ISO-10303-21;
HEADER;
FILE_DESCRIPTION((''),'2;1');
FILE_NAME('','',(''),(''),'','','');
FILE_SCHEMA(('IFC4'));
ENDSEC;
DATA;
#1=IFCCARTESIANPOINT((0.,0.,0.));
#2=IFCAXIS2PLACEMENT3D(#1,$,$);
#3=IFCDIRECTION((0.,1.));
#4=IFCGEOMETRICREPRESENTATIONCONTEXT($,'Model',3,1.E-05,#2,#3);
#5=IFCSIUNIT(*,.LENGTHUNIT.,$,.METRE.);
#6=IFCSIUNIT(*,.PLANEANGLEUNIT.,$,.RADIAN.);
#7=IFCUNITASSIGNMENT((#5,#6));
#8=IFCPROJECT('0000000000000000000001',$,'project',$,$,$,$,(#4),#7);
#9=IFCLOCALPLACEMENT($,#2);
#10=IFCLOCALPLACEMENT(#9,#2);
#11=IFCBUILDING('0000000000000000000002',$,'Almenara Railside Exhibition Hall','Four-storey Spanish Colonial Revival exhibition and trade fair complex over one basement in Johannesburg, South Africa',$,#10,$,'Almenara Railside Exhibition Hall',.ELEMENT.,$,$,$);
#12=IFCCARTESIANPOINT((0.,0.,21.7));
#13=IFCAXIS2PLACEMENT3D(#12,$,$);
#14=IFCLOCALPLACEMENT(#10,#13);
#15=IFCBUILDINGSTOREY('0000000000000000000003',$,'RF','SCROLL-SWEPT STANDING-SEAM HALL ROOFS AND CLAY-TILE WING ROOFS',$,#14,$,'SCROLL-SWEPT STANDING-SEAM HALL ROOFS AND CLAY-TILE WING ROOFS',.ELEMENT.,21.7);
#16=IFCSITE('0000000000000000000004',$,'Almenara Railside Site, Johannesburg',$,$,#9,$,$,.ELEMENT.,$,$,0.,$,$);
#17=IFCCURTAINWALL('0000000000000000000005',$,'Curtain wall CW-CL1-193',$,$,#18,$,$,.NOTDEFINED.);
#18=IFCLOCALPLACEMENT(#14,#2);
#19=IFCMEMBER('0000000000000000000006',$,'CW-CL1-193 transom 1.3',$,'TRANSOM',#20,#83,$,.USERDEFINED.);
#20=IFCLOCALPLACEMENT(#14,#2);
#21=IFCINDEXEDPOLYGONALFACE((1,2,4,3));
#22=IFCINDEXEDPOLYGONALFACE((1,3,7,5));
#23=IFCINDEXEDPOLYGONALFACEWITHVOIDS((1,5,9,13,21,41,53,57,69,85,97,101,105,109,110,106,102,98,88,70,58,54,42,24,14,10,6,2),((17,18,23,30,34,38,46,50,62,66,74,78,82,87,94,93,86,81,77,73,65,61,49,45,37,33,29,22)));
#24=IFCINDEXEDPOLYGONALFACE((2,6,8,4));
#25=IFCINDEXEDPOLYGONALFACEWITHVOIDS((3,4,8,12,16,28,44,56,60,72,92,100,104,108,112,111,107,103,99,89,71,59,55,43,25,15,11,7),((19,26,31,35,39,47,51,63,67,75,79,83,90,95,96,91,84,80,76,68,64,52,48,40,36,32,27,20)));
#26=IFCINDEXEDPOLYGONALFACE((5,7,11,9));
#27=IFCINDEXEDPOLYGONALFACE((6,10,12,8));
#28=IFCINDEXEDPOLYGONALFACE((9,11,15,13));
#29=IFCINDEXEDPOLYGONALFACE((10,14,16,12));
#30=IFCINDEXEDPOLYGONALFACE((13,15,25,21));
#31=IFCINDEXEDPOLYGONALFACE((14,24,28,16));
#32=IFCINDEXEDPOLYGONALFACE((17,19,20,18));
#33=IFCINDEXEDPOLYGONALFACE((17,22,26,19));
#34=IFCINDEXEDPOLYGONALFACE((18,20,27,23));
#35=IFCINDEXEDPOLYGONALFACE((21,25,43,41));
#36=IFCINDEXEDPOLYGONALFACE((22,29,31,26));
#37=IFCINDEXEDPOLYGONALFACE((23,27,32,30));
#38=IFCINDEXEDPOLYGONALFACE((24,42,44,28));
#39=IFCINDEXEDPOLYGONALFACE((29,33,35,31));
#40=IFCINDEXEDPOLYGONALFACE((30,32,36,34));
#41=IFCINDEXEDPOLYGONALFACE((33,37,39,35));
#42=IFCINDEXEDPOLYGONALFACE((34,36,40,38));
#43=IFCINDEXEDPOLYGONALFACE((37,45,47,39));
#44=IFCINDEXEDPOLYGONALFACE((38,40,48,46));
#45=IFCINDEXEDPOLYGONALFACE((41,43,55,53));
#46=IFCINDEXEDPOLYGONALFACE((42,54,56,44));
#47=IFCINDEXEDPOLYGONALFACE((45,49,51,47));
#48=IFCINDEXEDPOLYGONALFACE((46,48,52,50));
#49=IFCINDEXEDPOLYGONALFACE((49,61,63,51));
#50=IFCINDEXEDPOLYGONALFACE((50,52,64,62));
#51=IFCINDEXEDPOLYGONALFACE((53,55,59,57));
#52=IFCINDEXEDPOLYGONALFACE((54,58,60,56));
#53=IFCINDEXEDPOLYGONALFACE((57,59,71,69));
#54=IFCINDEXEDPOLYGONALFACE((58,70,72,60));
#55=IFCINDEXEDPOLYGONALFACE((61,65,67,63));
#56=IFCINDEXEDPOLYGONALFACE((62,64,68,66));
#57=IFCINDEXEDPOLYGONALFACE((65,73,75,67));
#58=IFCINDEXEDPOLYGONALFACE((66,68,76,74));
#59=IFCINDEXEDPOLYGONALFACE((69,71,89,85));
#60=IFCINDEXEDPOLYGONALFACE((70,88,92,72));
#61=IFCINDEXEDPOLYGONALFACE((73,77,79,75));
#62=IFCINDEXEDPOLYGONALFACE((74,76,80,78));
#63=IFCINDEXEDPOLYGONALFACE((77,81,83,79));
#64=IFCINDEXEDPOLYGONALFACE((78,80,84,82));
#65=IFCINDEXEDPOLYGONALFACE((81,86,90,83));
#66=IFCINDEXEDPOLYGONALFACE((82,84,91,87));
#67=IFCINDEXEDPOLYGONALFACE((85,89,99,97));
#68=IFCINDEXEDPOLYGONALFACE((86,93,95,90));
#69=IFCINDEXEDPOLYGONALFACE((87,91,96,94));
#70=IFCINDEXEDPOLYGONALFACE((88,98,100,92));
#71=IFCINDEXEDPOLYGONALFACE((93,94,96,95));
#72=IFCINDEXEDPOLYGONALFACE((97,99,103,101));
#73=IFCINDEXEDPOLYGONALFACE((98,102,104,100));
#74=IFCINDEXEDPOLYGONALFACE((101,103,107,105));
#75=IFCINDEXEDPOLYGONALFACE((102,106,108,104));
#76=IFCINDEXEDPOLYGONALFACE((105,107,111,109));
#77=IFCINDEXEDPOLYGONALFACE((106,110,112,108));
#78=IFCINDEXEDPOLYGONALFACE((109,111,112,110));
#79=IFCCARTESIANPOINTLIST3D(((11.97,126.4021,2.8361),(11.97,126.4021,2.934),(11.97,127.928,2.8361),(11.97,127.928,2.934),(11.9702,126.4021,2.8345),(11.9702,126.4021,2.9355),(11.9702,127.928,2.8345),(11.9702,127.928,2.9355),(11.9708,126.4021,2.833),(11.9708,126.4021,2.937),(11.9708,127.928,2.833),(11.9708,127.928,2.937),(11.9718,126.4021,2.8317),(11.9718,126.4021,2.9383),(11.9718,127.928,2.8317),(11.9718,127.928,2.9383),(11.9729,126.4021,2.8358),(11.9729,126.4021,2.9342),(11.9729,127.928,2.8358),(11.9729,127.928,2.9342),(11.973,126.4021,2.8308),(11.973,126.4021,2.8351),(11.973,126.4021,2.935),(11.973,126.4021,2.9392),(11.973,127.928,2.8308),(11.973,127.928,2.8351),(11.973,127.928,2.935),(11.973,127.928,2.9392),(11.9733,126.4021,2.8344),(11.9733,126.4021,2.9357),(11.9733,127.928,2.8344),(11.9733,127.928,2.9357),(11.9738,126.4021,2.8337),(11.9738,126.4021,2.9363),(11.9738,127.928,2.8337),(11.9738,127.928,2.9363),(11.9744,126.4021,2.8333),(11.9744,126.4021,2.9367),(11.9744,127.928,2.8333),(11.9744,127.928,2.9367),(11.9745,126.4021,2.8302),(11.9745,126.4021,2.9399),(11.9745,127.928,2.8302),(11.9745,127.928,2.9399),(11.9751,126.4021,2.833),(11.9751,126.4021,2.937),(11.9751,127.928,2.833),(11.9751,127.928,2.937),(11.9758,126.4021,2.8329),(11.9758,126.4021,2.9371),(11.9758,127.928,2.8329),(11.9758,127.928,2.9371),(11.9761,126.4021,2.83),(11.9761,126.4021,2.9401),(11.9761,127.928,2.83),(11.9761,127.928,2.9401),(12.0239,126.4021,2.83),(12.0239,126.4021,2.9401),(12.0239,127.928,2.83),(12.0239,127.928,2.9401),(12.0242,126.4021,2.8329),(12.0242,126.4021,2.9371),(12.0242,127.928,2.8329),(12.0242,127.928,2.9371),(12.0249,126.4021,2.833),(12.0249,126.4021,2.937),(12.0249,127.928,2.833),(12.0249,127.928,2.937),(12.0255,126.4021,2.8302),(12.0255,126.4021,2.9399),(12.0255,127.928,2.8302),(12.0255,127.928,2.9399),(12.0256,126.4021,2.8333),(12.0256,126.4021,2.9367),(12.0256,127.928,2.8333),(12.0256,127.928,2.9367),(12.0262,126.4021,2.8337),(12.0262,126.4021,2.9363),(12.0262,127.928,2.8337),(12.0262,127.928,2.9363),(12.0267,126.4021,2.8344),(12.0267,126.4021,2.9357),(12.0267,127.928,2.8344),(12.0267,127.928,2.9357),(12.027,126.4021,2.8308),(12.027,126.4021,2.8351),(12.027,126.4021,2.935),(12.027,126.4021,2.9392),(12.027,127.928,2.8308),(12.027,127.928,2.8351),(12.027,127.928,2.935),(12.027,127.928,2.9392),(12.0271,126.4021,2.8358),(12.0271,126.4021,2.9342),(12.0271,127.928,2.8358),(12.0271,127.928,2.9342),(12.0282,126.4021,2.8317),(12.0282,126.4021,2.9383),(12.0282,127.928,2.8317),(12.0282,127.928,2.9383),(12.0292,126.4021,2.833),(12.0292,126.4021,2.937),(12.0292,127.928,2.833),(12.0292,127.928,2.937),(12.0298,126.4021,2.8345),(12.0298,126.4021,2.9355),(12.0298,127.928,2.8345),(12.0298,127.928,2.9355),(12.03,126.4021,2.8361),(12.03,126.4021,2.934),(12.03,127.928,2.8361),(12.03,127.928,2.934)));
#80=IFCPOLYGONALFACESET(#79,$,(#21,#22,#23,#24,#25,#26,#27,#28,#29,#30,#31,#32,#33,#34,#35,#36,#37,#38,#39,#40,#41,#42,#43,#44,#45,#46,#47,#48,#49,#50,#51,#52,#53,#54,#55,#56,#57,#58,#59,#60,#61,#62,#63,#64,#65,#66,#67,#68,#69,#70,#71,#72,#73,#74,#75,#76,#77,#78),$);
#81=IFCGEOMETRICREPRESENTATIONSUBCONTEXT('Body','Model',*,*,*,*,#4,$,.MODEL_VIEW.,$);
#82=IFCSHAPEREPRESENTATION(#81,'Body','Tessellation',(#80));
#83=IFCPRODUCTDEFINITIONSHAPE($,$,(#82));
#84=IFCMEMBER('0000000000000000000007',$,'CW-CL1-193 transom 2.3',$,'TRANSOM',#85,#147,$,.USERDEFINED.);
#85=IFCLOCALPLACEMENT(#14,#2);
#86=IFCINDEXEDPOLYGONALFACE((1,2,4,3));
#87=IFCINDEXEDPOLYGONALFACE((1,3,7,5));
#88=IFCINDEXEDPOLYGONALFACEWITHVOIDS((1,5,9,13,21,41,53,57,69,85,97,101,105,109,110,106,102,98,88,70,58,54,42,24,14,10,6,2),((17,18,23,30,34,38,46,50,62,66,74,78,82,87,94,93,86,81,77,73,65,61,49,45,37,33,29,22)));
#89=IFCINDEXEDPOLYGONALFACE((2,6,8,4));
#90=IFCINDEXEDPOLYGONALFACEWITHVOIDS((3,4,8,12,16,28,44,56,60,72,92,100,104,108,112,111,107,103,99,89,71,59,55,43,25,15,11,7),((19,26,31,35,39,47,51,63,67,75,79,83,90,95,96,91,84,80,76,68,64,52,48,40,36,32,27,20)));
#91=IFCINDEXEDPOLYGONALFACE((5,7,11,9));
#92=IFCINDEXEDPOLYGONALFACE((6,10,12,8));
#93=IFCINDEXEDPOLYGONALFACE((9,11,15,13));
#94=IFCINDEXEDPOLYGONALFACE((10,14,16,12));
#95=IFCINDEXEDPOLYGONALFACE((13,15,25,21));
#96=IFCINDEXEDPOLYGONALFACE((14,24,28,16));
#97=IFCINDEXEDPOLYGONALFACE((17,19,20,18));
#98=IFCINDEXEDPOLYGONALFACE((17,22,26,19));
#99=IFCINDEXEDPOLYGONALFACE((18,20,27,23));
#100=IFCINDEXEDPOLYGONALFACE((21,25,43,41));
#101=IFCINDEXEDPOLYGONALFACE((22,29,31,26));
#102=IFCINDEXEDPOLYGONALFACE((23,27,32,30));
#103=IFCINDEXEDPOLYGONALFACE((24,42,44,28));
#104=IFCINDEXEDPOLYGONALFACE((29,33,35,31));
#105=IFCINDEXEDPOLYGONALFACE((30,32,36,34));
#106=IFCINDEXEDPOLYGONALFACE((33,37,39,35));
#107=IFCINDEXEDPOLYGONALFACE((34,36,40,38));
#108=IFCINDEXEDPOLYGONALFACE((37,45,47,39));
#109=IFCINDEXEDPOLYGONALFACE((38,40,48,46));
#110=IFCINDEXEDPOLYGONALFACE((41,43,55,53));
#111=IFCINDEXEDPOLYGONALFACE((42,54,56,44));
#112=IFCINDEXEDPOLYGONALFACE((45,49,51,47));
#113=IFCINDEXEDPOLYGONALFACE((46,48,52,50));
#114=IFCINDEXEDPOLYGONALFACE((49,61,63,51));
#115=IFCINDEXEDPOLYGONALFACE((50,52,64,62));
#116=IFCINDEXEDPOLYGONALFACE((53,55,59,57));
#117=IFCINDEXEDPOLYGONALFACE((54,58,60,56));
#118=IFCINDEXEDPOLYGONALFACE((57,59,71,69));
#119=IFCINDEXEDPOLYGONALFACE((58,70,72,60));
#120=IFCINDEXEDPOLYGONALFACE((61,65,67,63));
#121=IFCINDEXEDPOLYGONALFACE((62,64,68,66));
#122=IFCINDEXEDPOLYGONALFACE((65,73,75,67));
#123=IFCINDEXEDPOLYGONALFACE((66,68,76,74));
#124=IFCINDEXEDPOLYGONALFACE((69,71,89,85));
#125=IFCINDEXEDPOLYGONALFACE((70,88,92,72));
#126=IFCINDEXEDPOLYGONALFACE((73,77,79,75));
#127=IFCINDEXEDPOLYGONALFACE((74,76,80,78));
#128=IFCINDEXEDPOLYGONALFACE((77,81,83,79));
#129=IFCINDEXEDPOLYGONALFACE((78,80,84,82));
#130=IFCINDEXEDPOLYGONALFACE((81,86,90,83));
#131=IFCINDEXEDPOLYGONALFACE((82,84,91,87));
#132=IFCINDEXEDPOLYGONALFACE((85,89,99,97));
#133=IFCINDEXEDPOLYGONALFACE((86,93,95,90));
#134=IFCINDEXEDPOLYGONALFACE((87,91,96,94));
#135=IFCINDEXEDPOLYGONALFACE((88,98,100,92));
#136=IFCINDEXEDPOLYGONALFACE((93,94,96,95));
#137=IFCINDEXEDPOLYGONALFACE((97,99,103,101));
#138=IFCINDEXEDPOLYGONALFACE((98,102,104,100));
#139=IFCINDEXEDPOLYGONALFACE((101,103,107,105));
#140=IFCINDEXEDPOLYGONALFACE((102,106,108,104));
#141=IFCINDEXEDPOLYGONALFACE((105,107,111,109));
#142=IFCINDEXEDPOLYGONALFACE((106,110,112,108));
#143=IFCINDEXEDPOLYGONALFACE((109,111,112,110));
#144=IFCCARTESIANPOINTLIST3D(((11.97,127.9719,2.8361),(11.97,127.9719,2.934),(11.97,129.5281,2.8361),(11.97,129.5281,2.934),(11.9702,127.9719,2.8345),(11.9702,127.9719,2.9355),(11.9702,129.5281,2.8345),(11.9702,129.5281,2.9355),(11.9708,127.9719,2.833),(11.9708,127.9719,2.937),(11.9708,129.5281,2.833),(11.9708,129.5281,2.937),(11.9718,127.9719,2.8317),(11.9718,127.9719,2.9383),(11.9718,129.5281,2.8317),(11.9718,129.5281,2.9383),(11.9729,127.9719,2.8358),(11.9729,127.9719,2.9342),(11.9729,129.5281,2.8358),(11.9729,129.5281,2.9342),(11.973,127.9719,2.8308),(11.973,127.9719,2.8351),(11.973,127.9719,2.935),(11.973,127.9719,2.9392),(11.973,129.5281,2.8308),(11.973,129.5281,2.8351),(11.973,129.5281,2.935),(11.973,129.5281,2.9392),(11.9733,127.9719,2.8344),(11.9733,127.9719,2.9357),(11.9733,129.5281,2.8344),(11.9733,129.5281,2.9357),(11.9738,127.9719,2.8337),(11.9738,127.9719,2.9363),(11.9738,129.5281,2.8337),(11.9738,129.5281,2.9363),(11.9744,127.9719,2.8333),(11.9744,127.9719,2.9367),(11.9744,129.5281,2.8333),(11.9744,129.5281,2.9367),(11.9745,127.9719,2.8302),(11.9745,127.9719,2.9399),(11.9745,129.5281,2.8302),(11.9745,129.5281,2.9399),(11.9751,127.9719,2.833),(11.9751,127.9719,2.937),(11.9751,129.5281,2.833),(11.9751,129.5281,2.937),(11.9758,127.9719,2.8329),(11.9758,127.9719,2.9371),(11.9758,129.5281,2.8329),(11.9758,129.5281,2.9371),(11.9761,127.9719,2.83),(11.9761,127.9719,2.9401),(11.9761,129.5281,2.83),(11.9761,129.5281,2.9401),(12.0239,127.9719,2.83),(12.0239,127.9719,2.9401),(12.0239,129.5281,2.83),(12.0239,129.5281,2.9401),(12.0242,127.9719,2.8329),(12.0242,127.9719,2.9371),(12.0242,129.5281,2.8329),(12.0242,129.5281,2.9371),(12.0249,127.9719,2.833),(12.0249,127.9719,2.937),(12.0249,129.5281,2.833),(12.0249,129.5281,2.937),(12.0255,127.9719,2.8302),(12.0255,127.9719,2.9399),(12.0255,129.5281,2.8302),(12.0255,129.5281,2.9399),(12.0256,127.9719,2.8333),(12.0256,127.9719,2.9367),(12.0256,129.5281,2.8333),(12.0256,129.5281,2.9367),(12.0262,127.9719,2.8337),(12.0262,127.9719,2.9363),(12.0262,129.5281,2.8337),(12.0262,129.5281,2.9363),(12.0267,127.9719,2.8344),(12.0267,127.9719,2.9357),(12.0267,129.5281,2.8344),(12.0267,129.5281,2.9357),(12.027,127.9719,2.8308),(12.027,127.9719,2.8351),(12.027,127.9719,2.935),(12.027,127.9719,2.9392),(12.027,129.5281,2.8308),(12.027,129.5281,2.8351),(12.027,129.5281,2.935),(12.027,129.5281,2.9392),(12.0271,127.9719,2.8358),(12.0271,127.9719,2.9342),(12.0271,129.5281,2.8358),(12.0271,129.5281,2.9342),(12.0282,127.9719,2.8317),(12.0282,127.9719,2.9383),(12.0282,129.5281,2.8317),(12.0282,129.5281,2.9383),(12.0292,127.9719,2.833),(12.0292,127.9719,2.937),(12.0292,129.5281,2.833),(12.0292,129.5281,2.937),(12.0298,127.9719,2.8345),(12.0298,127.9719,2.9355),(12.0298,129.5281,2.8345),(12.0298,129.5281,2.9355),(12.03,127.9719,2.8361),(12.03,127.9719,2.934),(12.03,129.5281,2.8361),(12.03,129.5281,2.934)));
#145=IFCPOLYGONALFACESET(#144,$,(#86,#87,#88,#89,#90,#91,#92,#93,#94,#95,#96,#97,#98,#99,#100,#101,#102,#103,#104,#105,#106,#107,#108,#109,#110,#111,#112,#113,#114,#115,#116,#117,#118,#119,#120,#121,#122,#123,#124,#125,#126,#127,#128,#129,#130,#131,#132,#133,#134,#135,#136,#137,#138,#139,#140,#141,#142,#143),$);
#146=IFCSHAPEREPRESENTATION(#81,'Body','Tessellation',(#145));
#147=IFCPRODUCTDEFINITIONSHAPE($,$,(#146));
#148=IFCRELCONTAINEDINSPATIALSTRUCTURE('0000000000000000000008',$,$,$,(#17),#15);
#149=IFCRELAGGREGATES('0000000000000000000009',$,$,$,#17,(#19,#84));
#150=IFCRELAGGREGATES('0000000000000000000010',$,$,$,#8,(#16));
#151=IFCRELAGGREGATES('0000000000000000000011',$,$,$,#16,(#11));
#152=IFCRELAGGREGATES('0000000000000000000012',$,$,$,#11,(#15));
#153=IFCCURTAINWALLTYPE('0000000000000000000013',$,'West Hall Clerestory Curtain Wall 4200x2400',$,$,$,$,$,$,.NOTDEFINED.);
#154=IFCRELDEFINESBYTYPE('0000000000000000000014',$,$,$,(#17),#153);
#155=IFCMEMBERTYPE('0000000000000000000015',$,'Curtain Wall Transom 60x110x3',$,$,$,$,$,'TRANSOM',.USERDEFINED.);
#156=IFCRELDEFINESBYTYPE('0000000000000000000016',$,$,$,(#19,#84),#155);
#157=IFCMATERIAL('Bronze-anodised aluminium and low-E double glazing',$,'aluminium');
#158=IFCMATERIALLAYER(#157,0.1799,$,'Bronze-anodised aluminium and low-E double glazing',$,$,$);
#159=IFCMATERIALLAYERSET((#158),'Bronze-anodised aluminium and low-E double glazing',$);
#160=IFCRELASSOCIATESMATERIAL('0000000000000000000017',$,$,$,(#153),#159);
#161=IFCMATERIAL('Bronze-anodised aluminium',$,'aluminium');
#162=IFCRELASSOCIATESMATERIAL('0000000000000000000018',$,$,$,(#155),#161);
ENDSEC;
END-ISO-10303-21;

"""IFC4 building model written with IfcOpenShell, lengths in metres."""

from ifc_helpers import new_model, si_unit, direction, frame, origin, origin_2d, place, context, subcontext, project, spatial, hollow_rectangle, extrude, material, layer, layer_set, material_profile, profile_set, type_object, element, aggregate, save


model = new_model("IFC4")

# Units and contexts
model_context = context("Model", 3, precision=1e-05, world=origin(), true_north=direction((0.0, 1.0)))
body_context = subcontext(model_context, "Body", "Model", "MODEL_VIEW")
ifc_project = project(units=[si_unit("LENGTHUNIT", "METRE"), si_unit("PLANEANGLEUNIT", "RADIAN")], contexts=[model_context])

# Site, building, storey
site_placement = place(None, origin())
site = spatial("IfcSite", under=ifc_project, at=site_placement, Name="Almenara Railside Site, Johannesburg", CompositionType="ELEMENT", RefElevation=0.0)
building_placement = place(site_placement, origin())
building = spatial("IfcBuilding", under=site, at=building_placement, Name="Almenara Railside Exhibition Hall", Description="Four-storey Spanish Colonial Revival exhibition and trade fair complex over one basement in Johannesburg, South Africa", LongName="Almenara Railside Exhibition Hall", CompositionType="ELEMENT")
storey_placement = place(building_placement, frame((0.0, 0.0, 21.7)))
storey = spatial("IfcBuildingStorey", under=building, at=storey_placement, Name="RF", Description="SCROLL-SWEPT STANDING-SEAM HALL ROOFS AND CLAY-TILE WING ROOFS", LongName="SCROLL-SWEPT STANDING-SEAM HALL ROOFS AND CLAY-TILE WING ROOFS", CompositionType="ELEMENT", Elevation=21.7)

# Curtain wall, members
ifc_material_1 = material(Name="Bronze-anodised aluminium and low-E double glazing", Category="aluminium")
ifc_layer_1 = layer(ifc_material_1, 0.1799, Name="Bronze-anodised aluminium and low-E double glazing")
ifc_layer_set_1 = layer_set([ifc_layer_1], Name="Bronze-anodised aluminium and low-E double glazing")
curtain_wall_type_1 = type_object("IfcCurtainWallType", Name="West Hall Clerestory Curtain Wall 4200x2400", PredefinedType="NOTDEFINED", material=ifc_layer_set_1)
curtain_wall_1_placement = place(storey_placement, origin())
curtain_wall_1 = element("IfcCurtainWall", 1, at=curtain_wall_1_placement, inside=storey, type_object=curtain_wall_type_1, Name="Curtain wall CW-CL1-193", PredefinedType="NOTDEFINED")
ifc_material_2 = material(Name="Bronze-anodised aluminium", Category="aluminium")
ifc_material_profile_1 = material_profile(ifc_material_2, hollow_rectangle(XDim=0.0601, YDim=0.1101, WallThickness=0.0029, InnerFilletRadius=0.0029, OuterFilletRadius=0.0061, at=origin_2d()), Name="ALU-TRN 60x110x3")
ifc_profile_set_1 = profile_set([ifc_material_profile_1], Name="Bronze-anodised aluminium")
member_type_1 = type_object("IfcMemberType", Name="Curtain Wall Transom 60x110x3", ElementType="TRANSOM", PredefinedType="USERDEFINED", material=ifc_profile_set_1)
member_1_placement = place(storey_placement, frame((12.0, 126.4021, 2.885), z_axis=(0.0, 1.0, 0.0), x_axis=(-1.0, 0.0, 0.0)))
member_1 = element("IfcMember", 2, at=member_1_placement, type_object=member_type_1, Name="CW-CL1-193 transom 1.3", ObjectType="TRANSOM", PredefinedType="USERDEFINED", context=body_context, shape_type="SweptSolid", body=[
    extrude(hollow_rectangle(XDim=0.0601, YDim=0.1101, WallThickness=0.0029, InnerFilletRadius=0.0029, OuterFilletRadius=0.0061, at=origin_2d()), origin(), (0.0, 0.0, 1.0), 1.5259),
])
member_2_placement = place(storey_placement, frame((12.0, 127.9719, 2.885), z_axis=(0.0, 1.0, 0.0), x_axis=(-1.0, 0.0, 0.0)))
member_2 = element("IfcMember", 3, at=member_2_placement, type_object=member_type_1, Name="CW-CL1-193 transom 2.3", ObjectType="TRANSOM", PredefinedType="USERDEFINED", context=body_context, shape_type="SweptSolid", body=[
    extrude(hollow_rectangle(XDim=0.0601, YDim=0.1101, WallThickness=0.0029, InnerFilletRadius=0.0029, OuterFilletRadius=0.0061, at=origin_2d()), origin(), (0.0, 0.0, 1.0), 1.5562),
])

aggregate(curtain_wall_1, [member_1, member_2])

save(model, "model.ifc")
